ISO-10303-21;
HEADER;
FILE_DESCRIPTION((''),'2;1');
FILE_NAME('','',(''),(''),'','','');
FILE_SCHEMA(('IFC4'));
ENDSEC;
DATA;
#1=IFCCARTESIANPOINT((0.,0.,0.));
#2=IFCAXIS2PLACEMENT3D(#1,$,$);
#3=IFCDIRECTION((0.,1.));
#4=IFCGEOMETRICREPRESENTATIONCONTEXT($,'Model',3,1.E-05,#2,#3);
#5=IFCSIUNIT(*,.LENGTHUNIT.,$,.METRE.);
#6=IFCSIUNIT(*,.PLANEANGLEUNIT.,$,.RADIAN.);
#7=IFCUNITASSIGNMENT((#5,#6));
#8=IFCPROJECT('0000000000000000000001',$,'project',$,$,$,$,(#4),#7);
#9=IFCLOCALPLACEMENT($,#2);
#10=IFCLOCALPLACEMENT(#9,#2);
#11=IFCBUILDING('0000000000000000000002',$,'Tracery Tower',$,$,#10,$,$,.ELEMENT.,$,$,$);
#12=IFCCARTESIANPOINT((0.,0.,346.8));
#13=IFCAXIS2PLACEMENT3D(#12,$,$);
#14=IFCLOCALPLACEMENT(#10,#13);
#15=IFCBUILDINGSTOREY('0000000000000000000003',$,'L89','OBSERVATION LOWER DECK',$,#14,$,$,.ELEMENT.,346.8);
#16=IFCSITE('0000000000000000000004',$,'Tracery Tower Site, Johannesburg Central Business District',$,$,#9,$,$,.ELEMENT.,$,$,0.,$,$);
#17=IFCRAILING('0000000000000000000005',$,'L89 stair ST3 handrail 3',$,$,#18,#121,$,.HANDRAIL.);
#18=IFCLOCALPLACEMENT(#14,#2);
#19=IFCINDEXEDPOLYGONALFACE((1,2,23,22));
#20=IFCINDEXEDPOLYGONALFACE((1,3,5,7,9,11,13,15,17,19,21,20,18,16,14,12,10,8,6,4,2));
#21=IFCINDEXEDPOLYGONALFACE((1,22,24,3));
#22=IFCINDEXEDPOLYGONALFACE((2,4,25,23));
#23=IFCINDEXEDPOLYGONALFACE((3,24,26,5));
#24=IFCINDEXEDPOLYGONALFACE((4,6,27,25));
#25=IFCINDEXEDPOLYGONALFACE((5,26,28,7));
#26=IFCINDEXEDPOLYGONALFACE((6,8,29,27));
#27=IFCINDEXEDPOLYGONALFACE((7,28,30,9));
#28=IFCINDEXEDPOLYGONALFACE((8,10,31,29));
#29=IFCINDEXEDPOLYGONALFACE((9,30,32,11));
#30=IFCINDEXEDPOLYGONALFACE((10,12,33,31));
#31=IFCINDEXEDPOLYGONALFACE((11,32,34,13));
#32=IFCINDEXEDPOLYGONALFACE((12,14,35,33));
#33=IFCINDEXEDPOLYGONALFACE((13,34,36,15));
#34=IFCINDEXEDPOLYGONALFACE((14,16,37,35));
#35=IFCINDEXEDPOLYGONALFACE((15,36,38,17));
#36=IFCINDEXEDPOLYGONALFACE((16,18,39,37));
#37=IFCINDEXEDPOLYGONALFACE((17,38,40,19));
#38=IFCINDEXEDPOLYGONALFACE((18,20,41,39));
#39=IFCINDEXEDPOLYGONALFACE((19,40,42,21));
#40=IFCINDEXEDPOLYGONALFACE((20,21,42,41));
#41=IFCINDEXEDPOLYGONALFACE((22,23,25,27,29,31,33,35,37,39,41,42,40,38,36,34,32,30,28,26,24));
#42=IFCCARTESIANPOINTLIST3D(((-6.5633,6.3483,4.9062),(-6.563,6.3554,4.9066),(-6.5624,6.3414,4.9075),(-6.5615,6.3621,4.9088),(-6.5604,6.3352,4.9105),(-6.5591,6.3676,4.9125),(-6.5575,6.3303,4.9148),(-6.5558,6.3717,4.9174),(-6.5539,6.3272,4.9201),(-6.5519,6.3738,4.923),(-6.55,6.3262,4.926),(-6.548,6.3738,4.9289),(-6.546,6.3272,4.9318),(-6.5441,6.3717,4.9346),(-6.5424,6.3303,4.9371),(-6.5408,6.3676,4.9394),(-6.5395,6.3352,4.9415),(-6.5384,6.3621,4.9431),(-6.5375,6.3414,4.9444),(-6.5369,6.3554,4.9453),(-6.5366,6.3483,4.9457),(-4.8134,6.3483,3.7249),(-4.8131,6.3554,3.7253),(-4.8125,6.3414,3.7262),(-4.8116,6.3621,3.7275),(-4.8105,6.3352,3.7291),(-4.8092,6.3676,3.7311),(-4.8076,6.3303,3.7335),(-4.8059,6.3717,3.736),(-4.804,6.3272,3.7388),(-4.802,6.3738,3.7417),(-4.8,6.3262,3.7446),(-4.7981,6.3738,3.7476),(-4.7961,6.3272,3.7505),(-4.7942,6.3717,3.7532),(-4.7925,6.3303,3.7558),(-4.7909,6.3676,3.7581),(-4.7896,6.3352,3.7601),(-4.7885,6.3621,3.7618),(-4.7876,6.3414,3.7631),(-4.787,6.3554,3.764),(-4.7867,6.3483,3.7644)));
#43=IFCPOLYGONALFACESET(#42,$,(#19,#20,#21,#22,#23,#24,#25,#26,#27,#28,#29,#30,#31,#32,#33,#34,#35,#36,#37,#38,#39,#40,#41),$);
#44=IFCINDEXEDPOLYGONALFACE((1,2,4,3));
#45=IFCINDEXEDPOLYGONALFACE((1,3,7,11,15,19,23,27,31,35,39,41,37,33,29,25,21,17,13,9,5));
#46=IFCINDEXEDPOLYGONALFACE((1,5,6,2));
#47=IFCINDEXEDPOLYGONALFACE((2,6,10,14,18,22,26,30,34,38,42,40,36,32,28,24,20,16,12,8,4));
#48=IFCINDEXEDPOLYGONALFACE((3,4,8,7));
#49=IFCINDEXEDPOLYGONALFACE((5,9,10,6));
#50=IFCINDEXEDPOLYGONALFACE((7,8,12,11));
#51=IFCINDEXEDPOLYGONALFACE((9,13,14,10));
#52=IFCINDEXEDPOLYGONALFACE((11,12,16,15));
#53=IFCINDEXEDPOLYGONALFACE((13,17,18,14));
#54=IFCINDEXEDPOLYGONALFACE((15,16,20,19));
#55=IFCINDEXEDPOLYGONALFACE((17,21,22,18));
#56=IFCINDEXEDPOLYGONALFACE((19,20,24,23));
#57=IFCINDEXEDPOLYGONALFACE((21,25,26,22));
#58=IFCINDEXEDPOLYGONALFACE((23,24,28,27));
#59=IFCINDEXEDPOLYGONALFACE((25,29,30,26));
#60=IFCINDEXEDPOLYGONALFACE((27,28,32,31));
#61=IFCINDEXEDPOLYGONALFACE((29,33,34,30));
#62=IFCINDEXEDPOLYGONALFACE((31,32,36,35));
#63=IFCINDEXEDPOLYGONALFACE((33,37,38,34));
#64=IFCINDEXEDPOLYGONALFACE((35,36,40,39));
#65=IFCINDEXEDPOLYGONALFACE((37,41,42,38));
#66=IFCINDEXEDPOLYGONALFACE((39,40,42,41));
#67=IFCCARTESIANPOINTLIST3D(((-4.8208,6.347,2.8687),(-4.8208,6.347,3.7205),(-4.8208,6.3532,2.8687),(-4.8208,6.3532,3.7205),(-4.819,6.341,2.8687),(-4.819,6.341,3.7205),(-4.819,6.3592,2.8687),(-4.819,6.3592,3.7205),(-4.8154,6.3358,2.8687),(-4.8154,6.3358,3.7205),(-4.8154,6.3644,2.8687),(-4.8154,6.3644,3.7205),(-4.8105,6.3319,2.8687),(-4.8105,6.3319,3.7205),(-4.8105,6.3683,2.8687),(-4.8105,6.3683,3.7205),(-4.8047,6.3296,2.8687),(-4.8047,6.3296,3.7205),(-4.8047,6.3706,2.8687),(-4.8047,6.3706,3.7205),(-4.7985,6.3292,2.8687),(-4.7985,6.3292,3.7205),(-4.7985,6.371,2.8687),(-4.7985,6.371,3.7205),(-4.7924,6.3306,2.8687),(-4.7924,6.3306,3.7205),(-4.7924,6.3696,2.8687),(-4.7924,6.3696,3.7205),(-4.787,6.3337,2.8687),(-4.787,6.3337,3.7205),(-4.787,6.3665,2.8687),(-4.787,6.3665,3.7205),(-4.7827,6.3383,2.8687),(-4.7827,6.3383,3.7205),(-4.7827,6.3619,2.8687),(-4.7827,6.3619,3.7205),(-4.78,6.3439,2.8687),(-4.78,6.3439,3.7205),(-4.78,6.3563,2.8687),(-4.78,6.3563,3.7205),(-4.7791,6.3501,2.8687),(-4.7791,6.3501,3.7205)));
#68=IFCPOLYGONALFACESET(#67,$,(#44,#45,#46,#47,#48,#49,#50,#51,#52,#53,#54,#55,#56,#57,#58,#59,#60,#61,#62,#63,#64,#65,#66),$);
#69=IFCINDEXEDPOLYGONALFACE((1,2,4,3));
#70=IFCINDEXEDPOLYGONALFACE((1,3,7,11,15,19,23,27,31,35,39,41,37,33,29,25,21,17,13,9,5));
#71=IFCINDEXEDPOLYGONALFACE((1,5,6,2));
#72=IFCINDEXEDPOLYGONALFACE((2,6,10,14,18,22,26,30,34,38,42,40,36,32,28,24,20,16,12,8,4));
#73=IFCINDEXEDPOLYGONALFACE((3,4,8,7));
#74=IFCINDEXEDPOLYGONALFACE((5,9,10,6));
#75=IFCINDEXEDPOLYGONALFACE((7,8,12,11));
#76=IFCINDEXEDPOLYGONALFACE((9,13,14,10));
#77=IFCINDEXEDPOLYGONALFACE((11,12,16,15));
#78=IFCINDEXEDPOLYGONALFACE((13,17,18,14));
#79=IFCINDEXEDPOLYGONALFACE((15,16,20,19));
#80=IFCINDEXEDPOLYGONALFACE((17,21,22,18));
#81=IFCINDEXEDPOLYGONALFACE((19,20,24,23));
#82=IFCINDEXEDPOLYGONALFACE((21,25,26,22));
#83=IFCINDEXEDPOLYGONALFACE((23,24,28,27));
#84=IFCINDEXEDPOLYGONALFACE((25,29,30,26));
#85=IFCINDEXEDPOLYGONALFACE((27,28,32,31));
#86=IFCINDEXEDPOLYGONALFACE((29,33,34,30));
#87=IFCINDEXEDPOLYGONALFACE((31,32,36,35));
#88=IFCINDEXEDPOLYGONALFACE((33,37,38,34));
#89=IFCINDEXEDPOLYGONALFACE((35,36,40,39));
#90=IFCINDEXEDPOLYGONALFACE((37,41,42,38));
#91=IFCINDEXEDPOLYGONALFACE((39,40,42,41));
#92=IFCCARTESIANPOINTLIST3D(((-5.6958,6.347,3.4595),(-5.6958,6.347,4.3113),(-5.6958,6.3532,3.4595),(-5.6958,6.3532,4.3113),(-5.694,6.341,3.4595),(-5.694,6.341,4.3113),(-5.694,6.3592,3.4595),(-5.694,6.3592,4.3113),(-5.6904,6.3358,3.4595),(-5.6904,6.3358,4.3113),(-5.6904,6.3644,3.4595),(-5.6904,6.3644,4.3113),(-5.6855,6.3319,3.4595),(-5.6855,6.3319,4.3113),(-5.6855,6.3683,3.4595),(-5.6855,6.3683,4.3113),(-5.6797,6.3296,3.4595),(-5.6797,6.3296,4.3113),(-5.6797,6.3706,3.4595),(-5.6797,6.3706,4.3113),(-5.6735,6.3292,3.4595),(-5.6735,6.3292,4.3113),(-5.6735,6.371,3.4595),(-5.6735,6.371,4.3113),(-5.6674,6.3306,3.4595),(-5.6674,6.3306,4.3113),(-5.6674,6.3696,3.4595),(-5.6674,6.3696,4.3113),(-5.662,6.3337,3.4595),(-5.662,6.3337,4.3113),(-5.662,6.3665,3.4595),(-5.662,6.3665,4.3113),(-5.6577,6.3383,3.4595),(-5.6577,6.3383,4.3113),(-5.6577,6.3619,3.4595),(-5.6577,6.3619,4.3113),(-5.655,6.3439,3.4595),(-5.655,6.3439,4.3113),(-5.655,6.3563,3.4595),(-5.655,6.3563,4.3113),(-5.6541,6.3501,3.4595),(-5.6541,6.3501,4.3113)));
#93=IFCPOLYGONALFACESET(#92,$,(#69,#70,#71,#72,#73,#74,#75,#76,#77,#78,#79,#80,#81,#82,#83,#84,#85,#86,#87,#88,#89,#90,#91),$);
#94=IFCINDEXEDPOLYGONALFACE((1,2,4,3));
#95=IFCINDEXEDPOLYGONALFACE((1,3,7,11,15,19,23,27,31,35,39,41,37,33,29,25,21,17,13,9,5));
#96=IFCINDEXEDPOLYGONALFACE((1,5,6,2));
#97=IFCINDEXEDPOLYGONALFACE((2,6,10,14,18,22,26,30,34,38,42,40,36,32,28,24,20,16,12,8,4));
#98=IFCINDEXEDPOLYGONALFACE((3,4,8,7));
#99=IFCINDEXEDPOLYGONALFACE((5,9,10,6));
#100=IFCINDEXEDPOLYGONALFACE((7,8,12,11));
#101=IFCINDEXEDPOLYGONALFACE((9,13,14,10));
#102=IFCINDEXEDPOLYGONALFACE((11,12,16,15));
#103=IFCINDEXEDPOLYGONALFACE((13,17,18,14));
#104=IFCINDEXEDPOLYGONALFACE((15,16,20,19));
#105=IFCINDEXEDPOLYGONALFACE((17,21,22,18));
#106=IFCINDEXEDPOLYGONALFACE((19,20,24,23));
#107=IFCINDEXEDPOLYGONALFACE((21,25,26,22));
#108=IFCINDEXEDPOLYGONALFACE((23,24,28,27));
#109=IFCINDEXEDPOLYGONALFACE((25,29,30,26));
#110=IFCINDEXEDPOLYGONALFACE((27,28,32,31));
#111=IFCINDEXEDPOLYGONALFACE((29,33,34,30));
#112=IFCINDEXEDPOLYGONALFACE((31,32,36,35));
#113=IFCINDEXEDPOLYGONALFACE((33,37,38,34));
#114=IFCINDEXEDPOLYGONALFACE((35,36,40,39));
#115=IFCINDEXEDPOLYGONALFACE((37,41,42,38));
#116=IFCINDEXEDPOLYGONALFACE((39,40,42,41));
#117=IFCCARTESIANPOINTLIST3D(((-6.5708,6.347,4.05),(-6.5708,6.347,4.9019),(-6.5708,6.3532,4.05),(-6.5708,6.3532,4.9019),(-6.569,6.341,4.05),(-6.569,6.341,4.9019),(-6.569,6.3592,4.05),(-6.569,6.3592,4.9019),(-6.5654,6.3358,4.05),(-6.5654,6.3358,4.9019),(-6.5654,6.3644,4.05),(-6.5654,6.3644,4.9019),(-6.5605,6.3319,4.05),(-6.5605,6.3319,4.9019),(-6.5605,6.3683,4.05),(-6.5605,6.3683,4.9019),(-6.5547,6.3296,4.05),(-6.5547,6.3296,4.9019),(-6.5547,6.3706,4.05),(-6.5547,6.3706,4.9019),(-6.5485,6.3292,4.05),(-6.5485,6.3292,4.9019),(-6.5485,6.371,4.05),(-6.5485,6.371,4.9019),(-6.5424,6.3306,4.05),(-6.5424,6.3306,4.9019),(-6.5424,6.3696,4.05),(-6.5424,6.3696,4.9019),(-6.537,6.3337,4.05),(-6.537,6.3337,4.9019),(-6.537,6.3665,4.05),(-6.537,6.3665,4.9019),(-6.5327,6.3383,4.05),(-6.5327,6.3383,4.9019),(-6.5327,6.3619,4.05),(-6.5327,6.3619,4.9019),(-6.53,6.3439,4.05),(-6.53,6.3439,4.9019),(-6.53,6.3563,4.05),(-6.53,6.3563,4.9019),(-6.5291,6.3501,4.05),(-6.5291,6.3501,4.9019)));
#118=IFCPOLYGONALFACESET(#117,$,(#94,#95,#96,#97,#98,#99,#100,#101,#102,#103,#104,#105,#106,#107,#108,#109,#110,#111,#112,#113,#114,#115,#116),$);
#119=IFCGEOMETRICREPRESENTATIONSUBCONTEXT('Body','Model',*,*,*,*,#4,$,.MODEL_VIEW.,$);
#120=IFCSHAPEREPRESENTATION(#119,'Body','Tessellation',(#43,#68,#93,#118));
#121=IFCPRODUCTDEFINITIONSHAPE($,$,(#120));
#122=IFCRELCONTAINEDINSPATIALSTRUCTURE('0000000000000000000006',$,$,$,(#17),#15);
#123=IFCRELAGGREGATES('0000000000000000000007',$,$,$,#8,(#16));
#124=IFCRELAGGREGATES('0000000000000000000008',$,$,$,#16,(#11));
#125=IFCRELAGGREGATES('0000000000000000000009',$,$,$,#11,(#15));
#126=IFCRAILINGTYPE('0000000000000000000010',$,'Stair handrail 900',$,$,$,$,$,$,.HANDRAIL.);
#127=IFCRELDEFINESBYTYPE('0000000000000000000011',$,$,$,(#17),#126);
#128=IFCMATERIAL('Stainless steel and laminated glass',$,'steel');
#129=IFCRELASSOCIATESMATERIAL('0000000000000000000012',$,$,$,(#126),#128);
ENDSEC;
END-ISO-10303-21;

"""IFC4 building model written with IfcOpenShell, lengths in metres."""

from ifc_helpers import new_model, si_unit, direction, frame, origin, origin_2d, place, context, subcontext, project, spatial, circle, extrude, material, type_object, element, save


model = new_model("IFC4")

# Units and contexts
model_context = context("Model", 3, precision=1e-05, world=origin(), true_north=direction((0.0, 1.0)))
body_context = subcontext(model_context, "Body", "Model", "MODEL_VIEW")
ifc_project = project(units=[si_unit("LENGTHUNIT", "METRE"), si_unit("PLANEANGLEUNIT", "RADIAN")], contexts=[model_context])

# Site, building, storey
site_placement = place(None, origin())
site = spatial("IfcSite", under=ifc_project, at=site_placement, Name="Tracery Tower Site, Johannesburg Central Business District", CompositionType="ELEMENT", RefElevation=0.0)
building_placement = place(site_placement, origin())
building = spatial("IfcBuilding", under=site, at=building_placement, Name="Tracery Tower", CompositionType="ELEMENT")
storey_placement = place(building_placement, frame((0.0, 0.0, 346.8)))
storey = spatial("IfcBuildingStorey", under=building, at=storey_placement, Name="L89", Description="OBSERVATION LOWER DECK", CompositionType="ELEMENT", Elevation=346.8)

# Railing
ifc_material_1 = material(Name="Stainless steel and laminated glass", Category="steel")
railing_type_1 = type_object("IfcRailingType", Name="Stair handrail 900", PredefinedType="HANDRAIL", material=ifc_material_1)
railing_1_placement = place(storey_placement, frame((-4.8, 6.3501, 2.8687)))
element("IfcRailing", 1, at=railing_1_placement, inside=storey, type_object=railing_type_1, Name="L89 stair ST3 handrail 3", PredefinedType="HANDRAIL", context=body_context, shape_type="SweptSolid", body=[
    extrude(circle(Radius=0.0239, at=origin_2d()), frame((0.0, 0.0, 0.876), z_axis=(-0.828817, 0.0, 0.559521), x_axis=(0.0, -1.0, 0.0)), (0.0, 0.0, 1.0), 2.1113),
    extrude(circle(Radius=0.021, at=origin_2d()), origin(), (0.0, 0.0, 1.0), 0.8518),
    extrude(circle(Radius=0.021, at=origin_2d()), frame((-0.875, 0.0, 0.5908)), (0.0, 0.0, 1.0), 0.8518),
    extrude(circle(Radius=0.021, at=origin_2d()), frame((-1.75, 0.0, 1.1814)), (0.0, 0.0, 1.0), 0.8518),
])

save(model, "model.ifc")
